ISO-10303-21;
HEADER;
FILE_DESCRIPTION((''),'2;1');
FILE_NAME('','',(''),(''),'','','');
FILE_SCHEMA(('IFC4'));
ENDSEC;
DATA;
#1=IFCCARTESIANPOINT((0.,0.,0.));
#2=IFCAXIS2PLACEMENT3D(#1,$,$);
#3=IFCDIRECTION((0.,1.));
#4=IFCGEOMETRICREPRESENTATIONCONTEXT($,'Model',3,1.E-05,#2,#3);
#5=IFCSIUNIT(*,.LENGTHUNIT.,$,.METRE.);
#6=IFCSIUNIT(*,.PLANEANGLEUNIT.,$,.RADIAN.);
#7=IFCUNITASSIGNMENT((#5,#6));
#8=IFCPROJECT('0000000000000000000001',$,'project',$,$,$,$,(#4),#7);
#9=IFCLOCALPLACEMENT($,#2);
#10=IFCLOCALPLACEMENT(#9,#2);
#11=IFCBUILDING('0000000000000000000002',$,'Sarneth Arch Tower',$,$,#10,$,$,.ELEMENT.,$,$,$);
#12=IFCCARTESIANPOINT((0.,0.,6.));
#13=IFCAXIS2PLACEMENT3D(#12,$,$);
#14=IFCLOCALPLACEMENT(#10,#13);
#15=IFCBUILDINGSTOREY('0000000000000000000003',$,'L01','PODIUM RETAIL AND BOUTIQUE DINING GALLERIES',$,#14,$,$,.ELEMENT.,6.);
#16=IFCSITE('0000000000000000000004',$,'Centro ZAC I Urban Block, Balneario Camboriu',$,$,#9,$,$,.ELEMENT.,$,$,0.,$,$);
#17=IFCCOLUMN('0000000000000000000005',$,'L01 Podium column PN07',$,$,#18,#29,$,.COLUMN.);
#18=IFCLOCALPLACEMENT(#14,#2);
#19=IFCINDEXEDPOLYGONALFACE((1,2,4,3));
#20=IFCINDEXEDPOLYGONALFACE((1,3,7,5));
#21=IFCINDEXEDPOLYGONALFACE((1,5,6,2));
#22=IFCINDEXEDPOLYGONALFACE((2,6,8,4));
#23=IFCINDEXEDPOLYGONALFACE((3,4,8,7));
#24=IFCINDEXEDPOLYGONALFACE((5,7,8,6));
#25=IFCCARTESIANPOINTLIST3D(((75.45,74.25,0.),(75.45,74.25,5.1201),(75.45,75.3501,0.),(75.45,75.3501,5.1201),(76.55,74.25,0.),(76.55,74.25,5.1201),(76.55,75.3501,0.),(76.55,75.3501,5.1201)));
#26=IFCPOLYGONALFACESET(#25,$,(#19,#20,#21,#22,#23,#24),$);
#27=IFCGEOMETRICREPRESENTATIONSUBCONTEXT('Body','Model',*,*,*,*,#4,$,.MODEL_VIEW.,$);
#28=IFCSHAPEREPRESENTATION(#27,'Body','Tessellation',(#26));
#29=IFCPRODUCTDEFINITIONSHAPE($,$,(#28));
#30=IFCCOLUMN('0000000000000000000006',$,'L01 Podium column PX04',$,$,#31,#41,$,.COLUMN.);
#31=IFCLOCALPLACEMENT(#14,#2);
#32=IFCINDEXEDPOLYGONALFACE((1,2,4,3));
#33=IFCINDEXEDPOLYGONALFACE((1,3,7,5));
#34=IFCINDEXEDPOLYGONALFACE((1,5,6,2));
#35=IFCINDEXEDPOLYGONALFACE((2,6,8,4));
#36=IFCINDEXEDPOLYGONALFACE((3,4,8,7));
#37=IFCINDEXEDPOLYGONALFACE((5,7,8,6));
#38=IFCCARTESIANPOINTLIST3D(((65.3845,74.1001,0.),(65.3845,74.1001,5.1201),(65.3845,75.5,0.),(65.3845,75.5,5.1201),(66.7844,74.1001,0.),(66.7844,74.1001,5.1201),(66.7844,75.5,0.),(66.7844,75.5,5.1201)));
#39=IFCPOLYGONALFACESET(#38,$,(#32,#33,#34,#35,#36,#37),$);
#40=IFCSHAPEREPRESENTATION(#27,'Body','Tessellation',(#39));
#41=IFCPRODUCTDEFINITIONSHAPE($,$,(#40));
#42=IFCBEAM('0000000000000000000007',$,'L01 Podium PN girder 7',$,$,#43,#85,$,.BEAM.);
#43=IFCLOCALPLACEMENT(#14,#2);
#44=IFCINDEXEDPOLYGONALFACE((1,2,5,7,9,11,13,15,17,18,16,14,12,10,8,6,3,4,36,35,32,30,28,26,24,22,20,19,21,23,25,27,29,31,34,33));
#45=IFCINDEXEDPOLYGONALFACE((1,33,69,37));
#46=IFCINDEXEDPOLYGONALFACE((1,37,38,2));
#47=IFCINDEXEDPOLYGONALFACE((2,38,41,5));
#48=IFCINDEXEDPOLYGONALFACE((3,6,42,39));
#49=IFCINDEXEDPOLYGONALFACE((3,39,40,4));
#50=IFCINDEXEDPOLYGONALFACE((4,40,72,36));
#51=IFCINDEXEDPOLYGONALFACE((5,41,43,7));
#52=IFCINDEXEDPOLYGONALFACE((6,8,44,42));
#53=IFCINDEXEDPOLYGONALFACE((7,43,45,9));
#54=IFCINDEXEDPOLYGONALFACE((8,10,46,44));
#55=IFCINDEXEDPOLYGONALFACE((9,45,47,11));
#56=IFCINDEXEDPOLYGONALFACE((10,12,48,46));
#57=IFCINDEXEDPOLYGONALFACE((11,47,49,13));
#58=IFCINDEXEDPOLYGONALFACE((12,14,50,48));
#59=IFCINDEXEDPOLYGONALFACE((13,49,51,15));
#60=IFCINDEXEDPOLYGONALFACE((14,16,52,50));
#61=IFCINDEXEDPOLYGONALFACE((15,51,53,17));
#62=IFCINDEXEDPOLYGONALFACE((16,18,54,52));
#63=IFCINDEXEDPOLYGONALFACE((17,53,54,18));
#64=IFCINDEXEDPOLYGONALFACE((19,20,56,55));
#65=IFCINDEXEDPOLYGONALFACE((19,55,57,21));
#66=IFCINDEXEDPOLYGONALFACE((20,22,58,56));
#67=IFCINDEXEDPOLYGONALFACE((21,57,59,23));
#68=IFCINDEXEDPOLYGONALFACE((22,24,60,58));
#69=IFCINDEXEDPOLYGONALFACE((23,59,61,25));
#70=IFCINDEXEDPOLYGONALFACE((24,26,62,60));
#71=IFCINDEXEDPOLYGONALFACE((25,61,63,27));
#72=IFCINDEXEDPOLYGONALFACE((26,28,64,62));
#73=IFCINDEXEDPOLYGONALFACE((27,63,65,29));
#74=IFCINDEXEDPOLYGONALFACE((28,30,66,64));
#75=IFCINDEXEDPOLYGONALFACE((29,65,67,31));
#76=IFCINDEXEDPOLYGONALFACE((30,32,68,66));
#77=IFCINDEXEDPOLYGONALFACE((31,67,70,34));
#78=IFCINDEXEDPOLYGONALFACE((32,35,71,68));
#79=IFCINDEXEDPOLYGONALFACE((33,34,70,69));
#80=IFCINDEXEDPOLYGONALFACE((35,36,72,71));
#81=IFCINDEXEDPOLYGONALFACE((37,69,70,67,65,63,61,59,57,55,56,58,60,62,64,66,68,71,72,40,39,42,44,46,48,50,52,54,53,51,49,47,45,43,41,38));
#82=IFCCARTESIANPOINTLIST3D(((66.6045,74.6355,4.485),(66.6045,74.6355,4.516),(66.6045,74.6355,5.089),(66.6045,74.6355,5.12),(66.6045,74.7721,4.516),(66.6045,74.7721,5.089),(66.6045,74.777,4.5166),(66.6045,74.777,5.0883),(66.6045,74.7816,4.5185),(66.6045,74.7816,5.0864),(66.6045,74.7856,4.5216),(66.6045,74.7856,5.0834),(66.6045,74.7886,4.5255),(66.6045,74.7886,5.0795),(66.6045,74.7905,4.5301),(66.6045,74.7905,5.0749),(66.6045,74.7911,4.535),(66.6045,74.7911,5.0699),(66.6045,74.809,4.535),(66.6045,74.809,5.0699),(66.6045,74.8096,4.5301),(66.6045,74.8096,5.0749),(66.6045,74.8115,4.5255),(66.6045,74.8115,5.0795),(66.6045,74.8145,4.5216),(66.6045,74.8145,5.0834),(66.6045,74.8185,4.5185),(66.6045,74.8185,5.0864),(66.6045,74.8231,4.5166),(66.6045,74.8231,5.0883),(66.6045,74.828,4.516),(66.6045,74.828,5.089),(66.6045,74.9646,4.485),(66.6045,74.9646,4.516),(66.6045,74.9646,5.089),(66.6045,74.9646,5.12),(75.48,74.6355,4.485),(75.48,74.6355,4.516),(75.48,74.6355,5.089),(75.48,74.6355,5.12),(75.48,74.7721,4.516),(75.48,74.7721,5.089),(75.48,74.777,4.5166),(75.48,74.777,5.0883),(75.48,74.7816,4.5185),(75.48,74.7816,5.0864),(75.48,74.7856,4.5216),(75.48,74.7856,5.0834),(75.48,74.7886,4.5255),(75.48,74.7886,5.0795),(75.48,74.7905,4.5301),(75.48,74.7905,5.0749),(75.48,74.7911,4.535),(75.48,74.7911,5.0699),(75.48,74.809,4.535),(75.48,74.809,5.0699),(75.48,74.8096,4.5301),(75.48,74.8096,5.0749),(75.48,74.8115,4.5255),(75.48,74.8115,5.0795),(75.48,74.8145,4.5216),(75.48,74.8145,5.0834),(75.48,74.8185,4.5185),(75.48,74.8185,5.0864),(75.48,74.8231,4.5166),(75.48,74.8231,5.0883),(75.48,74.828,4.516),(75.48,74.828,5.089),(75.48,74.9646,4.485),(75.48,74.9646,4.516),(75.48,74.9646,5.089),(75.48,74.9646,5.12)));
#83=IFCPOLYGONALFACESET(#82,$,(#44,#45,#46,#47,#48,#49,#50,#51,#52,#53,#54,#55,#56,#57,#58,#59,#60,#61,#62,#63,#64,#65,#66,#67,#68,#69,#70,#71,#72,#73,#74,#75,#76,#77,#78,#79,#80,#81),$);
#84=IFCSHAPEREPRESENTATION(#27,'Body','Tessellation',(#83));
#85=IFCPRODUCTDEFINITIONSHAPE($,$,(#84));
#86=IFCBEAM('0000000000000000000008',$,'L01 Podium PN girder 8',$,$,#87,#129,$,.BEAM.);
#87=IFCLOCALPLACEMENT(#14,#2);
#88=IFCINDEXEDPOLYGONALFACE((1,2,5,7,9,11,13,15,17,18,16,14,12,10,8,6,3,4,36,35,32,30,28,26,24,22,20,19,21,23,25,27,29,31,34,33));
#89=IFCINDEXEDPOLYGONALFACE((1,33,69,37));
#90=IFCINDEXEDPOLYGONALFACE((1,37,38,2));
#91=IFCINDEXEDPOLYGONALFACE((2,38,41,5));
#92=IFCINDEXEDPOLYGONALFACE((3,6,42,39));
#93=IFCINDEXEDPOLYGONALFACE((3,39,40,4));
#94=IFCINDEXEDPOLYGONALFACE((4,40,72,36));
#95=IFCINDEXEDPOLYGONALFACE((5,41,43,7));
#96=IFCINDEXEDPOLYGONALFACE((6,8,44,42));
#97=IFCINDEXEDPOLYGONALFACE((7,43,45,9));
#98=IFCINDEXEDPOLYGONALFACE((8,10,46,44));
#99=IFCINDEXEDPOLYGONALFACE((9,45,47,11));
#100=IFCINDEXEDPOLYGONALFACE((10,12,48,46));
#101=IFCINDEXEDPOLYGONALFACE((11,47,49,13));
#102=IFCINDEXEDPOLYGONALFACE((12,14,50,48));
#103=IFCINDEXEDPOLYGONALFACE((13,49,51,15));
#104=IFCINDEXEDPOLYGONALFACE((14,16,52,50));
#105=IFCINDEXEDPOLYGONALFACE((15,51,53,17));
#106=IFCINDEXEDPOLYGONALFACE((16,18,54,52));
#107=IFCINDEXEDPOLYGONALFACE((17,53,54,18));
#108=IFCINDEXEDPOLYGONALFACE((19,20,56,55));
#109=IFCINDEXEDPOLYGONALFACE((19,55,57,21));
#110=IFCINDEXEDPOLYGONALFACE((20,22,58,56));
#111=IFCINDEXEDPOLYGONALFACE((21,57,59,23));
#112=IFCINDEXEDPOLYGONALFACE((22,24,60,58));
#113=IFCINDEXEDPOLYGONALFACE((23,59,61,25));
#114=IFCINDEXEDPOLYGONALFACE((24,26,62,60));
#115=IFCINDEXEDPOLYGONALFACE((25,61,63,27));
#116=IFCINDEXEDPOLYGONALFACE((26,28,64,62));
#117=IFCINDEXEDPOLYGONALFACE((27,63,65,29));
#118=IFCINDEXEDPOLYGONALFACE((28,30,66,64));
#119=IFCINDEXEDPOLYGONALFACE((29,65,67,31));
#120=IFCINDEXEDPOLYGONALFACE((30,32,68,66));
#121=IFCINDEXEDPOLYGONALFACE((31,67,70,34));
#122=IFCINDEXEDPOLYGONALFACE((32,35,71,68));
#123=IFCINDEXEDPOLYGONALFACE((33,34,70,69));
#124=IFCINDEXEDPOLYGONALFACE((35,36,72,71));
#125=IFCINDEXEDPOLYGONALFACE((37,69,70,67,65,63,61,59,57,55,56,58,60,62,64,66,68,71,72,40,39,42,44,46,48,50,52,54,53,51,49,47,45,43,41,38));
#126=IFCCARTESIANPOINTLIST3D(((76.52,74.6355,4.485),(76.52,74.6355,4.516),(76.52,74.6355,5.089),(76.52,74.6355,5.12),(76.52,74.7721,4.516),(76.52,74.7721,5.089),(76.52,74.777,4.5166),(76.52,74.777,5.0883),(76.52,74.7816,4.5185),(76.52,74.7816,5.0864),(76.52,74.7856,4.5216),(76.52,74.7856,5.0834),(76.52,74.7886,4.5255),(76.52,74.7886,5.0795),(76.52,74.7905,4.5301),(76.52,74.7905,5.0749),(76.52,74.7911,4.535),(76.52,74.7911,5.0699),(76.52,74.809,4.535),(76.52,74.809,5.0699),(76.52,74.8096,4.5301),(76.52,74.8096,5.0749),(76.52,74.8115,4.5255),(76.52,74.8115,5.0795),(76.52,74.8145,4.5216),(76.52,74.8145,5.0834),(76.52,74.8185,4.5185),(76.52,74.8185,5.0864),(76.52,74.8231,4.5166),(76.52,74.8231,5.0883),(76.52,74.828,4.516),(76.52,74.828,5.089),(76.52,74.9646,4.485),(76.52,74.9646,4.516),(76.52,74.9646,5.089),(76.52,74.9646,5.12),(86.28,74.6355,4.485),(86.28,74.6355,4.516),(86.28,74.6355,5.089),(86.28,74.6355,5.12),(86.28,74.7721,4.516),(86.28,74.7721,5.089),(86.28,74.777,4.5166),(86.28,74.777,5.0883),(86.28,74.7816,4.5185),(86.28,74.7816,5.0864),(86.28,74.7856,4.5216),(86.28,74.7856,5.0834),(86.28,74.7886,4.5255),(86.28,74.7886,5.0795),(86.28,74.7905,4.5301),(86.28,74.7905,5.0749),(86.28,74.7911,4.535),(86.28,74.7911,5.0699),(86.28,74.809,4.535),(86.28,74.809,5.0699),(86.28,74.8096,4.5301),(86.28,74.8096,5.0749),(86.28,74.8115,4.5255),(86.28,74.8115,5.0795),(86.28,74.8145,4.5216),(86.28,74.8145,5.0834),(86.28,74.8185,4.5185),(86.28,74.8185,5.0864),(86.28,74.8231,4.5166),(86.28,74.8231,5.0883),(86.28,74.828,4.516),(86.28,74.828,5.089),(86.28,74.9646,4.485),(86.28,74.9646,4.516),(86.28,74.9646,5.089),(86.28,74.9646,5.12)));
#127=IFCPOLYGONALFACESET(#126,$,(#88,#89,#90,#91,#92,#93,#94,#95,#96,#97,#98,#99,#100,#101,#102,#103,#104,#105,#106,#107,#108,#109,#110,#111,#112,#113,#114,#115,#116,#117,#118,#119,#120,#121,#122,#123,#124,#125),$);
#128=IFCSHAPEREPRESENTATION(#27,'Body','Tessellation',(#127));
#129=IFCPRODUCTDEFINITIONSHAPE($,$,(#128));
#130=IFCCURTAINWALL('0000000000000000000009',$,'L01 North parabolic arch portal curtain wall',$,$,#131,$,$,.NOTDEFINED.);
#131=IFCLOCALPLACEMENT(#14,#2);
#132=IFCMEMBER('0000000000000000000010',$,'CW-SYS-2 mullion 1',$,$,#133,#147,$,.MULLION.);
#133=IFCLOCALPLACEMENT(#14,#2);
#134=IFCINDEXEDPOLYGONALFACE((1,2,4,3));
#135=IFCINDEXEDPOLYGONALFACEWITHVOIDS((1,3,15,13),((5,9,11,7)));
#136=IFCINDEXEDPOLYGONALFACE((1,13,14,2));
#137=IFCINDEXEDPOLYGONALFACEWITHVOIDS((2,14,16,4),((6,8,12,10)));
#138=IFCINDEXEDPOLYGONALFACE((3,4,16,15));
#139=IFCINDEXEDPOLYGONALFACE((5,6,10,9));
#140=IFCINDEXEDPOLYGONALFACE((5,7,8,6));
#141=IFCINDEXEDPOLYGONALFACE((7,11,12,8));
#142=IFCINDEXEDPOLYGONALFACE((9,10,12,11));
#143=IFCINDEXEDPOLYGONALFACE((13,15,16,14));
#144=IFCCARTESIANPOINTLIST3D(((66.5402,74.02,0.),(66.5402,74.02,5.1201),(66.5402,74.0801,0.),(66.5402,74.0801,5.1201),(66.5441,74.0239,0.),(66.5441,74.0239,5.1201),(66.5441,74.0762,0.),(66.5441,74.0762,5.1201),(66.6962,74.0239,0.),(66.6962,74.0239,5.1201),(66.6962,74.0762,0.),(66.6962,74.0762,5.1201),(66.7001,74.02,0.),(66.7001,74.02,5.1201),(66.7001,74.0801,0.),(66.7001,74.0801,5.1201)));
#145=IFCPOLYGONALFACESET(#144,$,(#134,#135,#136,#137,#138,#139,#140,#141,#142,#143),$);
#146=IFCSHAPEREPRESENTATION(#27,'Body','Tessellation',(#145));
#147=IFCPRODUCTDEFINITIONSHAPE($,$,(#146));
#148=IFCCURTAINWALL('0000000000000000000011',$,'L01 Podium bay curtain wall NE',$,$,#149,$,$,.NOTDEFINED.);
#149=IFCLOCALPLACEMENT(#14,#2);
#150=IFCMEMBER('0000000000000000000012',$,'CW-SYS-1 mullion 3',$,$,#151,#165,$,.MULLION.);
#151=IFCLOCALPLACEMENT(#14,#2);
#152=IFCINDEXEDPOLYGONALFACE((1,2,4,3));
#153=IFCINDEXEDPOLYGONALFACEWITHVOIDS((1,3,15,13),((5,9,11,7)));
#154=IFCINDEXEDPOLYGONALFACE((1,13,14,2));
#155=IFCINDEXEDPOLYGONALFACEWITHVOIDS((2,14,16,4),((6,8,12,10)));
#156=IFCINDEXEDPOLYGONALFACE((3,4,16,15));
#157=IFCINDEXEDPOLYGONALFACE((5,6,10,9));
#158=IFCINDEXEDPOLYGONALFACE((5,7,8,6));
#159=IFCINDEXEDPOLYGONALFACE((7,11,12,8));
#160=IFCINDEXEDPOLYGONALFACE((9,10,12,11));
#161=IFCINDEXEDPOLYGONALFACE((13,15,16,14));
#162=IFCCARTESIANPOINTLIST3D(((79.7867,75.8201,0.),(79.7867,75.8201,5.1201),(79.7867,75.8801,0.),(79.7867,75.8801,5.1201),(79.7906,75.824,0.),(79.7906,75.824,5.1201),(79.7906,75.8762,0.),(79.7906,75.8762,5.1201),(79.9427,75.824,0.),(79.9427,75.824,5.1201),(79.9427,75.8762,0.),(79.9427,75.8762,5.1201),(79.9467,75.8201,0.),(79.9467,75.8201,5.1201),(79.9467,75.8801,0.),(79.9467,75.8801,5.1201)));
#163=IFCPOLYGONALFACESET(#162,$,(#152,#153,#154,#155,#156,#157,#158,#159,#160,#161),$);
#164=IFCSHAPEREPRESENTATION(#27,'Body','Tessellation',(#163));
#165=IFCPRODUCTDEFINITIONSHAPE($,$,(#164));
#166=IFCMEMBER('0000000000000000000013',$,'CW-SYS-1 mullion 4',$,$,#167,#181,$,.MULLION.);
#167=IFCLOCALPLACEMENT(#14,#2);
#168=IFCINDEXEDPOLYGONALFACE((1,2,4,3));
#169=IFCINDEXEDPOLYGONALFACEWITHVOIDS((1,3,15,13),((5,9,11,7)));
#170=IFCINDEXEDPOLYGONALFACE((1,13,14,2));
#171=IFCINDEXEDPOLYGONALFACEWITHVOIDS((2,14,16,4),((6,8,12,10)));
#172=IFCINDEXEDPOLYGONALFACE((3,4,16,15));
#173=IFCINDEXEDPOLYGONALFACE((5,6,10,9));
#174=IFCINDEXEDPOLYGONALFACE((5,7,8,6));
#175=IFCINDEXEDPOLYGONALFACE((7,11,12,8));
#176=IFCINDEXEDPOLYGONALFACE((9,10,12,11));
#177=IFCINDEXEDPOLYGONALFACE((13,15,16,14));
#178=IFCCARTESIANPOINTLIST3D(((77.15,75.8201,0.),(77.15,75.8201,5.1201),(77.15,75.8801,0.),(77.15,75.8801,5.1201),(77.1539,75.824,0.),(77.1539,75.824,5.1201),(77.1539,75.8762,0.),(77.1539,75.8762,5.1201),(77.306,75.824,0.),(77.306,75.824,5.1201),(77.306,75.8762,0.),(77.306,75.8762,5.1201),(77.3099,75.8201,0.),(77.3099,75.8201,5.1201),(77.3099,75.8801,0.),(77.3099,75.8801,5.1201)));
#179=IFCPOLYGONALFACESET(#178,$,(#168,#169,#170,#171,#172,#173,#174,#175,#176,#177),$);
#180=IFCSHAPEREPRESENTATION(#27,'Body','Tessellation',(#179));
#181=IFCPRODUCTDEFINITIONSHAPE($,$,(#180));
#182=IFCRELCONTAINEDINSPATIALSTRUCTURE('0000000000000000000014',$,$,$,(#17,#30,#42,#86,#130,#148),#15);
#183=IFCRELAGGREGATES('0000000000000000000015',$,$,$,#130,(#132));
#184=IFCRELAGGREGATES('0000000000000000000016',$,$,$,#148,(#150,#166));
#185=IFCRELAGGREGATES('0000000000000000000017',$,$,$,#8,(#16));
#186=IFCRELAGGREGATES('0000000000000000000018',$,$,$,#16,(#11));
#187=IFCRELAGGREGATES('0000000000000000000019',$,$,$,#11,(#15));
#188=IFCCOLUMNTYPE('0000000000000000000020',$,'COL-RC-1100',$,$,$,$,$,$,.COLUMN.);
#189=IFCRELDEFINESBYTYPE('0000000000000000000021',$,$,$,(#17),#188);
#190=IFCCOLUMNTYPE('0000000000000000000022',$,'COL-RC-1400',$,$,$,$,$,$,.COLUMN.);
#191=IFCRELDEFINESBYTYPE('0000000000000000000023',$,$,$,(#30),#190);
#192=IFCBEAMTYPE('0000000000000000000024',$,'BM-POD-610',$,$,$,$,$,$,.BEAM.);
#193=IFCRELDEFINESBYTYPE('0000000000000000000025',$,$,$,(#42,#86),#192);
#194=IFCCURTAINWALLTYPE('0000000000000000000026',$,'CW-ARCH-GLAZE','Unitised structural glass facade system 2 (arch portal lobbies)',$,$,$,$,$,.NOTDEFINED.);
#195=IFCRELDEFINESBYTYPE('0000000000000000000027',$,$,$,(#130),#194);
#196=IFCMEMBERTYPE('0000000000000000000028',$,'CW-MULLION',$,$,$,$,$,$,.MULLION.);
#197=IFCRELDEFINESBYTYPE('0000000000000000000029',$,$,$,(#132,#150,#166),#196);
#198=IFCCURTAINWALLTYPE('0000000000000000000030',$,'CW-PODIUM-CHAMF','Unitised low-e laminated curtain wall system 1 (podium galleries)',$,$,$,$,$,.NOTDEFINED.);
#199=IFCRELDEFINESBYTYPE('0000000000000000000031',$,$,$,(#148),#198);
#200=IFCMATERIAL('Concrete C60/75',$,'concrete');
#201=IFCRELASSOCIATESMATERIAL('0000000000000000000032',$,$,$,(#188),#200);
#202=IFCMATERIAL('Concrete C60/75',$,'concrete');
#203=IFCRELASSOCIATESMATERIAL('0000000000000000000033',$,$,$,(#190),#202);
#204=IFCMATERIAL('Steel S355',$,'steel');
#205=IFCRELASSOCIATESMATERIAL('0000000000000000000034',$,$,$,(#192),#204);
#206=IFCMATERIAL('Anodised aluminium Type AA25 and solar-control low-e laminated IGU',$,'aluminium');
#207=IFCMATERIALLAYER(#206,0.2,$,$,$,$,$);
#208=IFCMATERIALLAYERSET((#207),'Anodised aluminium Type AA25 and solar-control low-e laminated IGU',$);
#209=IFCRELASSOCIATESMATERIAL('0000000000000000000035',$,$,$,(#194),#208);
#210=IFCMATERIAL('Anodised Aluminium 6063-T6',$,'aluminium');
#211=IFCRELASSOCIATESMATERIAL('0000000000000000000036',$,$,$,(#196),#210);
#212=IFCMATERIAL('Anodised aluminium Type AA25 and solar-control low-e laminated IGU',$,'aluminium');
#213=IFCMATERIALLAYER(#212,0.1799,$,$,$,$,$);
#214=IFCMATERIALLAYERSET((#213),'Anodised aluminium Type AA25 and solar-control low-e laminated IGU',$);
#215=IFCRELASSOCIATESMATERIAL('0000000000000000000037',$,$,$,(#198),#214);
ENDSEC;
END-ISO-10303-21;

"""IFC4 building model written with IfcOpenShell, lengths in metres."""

from ifc_helpers import new_model, si_unit, direction, frame, origin, origin_2d, place, context, subcontext, project, spatial, rectangle, hollow_rectangle, i_section, extrude, material, layer, layer_set, material_profile, profile_set, type_object, element, aggregate, save


model = new_model("IFC4")

# Units and contexts
model_context = context("Model", 3, precision=1e-05, world=origin(), true_north=direction((0.0, 1.0)))
body_context = subcontext(model_context, "Body", "Model", "MODEL_VIEW")
ifc_project = project(units=[si_unit("LENGTHUNIT", "METRE"), si_unit("PLANEANGLEUNIT", "RADIAN")], contexts=[model_context])

# Site, building, storey
site_placement = place(None, origin())
site = spatial("IfcSite", under=ifc_project, at=site_placement, Name="Centro ZAC I Urban Block, Balneario Camboriu", CompositionType="ELEMENT", RefElevation=0.0)
building_placement = place(site_placement, origin())
building = spatial("IfcBuilding", under=site, at=building_placement, Name="Sarneth Arch Tower", CompositionType="ELEMENT")
storey_placement = place(building_placement, frame((0.0, 0.0, 6.0)))
storey = spatial("IfcBuildingStorey", under=building, at=storey_placement, Name="L01", Description="PODIUM RETAIL AND BOUTIQUE DINING GALLERIES", CompositionType="ELEMENT", Elevation=6.0)

# Columns
ifc_material_1 = material(Name="Concrete C60/75", Category="concrete")
ifc_material_profile_1 = material_profile(ifc_material_1, rectangle(XDim=1.1001, YDim=1.1001, at=origin_2d()), Name="RC-1100x1100")
ifc_profile_set_1 = profile_set([ifc_material_profile_1], Name="Concrete C60/75")
column_type_1 = type_object("IfcColumnType", Name="COL-RC-1100", PredefinedType="COLUMN", material=ifc_profile_set_1)
column_1_placement = place(storey_placement, frame((76.0, 74.8, 0.0), z_axis=(0.0, 0.0, 1.0), x_axis=(1.0, 0.0, 0.0)))
element("IfcColumn", 1, at=column_1_placement, inside=storey, type_object=column_type_1, Name="L01 Podium column PN07", PredefinedType="COLUMN", context=body_context, shape_type="SweptSolid", body=[
    extrude(rectangle(XDim=1.1001, YDim=1.1001, at=origin_2d()), origin(), (0.0, 0.0, 1.0), 5.1201),
])
ifc_material_2 = material(Name="Concrete C60/75", Category="concrete")
ifc_material_profile_2 = material_profile(ifc_material_2, rectangle(XDim=1.3999, YDim=1.3999, at=origin_2d()), Name="RC-1400x1400")
ifc_profile_set_2 = profile_set([ifc_material_profile_2], Name="Concrete C60/75")
column_type_2 = type_object("IfcColumnType", Name="COL-RC-1400", PredefinedType="COLUMN", material=ifc_profile_set_2)
column_2_placement = place(storey_placement, frame((66.0845, 74.8, 0.0), z_axis=(0.0, 0.0, 1.0), x_axis=(1.0, 0.0, 0.0)))
element("IfcColumn", 2, at=column_2_placement, inside=storey, type_object=column_type_2, Name="L01 Podium column PX04", PredefinedType="COLUMN", context=body_context, shape_type="SweptSolid", body=[
    extrude(rectangle(XDim=1.3999, YDim=1.3999, at=origin_2d()), origin(), (0.0, 0.0, 1.0), 5.1201),
])

# Beams
ifc_material_3 = material(Name="Steel S355", Category="steel")
ifc_material_profile_3 = material_profile(ifc_material_3, i_section(OverallWidth=0.3291, OverallDepth=0.635, WebThickness=0.0178, FlangeThickness=0.031, FilletRadius=0.019, at=origin_2d()), Name="W610x241")
ifc_profile_set_3 = profile_set([ifc_material_profile_3], Name="Steel S355")
beam_type = type_object("IfcBeamType", Name="BM-POD-610", PredefinedType="BEAM", material=ifc_profile_set_3)
beam_1_placement = place(storey_placement, frame((66.6045, 74.8, 4.8025), z_axis=(1.0, 0.0, 0.0), x_axis=(0.0, 1.0, 0.0)))
element("IfcBeam", 3, at=beam_1_placement, inside=storey, type_object=beam_type, Name="L01 Podium PN girder 7", PredefinedType="BEAM", context=body_context, shape_type="SweptSolid", body=[
    extrude(i_section(OverallWidth=0.3291, OverallDepth=0.635, WebThickness=0.0178, FlangeThickness=0.031, FilletRadius=0.019, at=origin_2d()), origin(), (0.0, 0.0, 1.0), 8.8755),
])
beam_2_placement = place(storey_placement, frame((76.52, 74.8, 4.8025), z_axis=(1.0, 0.0, 0.0), x_axis=(0.0, 1.0, 0.0)))
element("IfcBeam", 4, at=beam_2_placement, inside=storey, type_object=beam_type, Name="L01 Podium PN girder 8", PredefinedType="BEAM", context=body_context, shape_type="SweptSolid", body=[
    extrude(i_section(OverallWidth=0.3291, OverallDepth=0.635, WebThickness=0.0178, FlangeThickness=0.031, FilletRadius=0.019, at=origin_2d()), origin(), (0.0, 0.0, 1.0), 9.76),
])

# Curtain wall, member
ifc_material_4 = material(Name="Anodised aluminium Type AA25 and solar-control low-e laminated IGU", Category="aluminium")
ifc_layer_1 = layer(ifc_material_4, 0.2)
ifc_layer_set_1 = layer_set([ifc_layer_1], Name="Anodised aluminium Type AA25 and solar-control low-e laminated IGU")
curtain_wall_type_1 = type_object("IfcCurtainWallType", Name="CW-ARCH-GLAZE", Description="Unitised structural glass facade system 2 (arch portal lobbies)", PredefinedType="NOTDEFINED", material=ifc_layer_set_1)
curtain_wall_1_placement = place(storey_placement, origin())
curtain_wall_1 = element("IfcCurtainWall", 5, at=curtain_wall_1_placement, inside=storey, type_object=curtain_wall_type_1, Name="L01 North parabolic arch portal curtain wall", PredefinedType="NOTDEFINED")
ifc_material_5 = material(Name="Anodised Aluminium 6063-T6", Category="aluminium")
ifc_material_profile_4 = material_profile(ifc_material_5, hollow_rectangle(XDim=0.0601, YDim=0.1599, WallThickness=0.0039, at=origin_2d()), Name="AL-MULL-160x60x4")
ifc_profile_set_4 = profile_set([ifc_material_profile_4], Name="Anodised Aluminium 6063-T6")
member_type_1 = type_object("IfcMemberType", Name="CW-MULLION", PredefinedType="MULLION", material=ifc_profile_set_4)
member_1_placement = place(storey_placement, frame((66.6201, 74.05, 0.0), z_axis=(0.0, 0.0, 1.0), x_axis=(0.0, -1.0, 0.0)))
member_1 = element("IfcMember", 6, at=member_1_placement, type_object=member_type_1, Name="CW-SYS-2 mullion 1", PredefinedType="MULLION", context=body_context, shape_type="SweptSolid", body=[
    extrude(hollow_rectangle(XDim=0.0601, YDim=0.1599, WallThickness=0.0039, at=origin_2d()), origin(), (0.0, 0.0, 1.0), 5.1201),
])

# Curtain wall, members
ifc_material_6 = material(Name="Anodised aluminium Type AA25 and solar-control low-e laminated IGU", Category="aluminium")
ifc_layer_2 = layer(ifc_material_6, 0.1799)
ifc_layer_set_2 = layer_set([ifc_layer_2], Name="Anodised aluminium Type AA25 and solar-control low-e laminated IGU")
curtain_wall_type_2 = type_object("IfcCurtainWallType", Name="CW-PODIUM-CHAMF", Description="Unitised low-e laminated curtain wall system 1 (podium galleries)", PredefinedType="NOTDEFINED", material=ifc_layer_set_2)
curtain_wall_2_placement = place(storey_placement, origin())
curtain_wall_2 = element("IfcCurtainWall", 7, at=curtain_wall_2_placement, inside=storey, type_object=curtain_wall_type_2, Name="L01 Podium bay curtain wall NE", PredefinedType="NOTDEFINED")
member_2_placement = place(storey_placement, frame((79.8667, 75.8501, 0.0), z_axis=(0.0, 0.0, 1.0), x_axis=(0.0, -1.0, 0.0)))
member_2 = element("IfcMember", 8, at=member_2_placement, type_object=member_type_1, Name="CW-SYS-1 mullion 3", PredefinedType="MULLION", context=body_context, shape_type="SweptSolid", body=[
    extrude(hollow_rectangle(XDim=0.0601, YDim=0.1599, WallThickness=0.0039, at=origin_2d()), origin(), (0.0, 0.0, 1.0), 5.1201),
])
member_3_placement = place(storey_placement, frame((77.23, 75.8501, 0.0), z_axis=(0.0, 0.0, 1.0), x_axis=(0.0, -1.0, 0.0)))
member_3 = element("IfcMember", 9, at=member_3_placement, type_object=member_type_1, Name="CW-SYS-1 mullion 4", PredefinedType="MULLION", context=body_context, shape_type="SweptSolid", body=[
    extrude(hollow_rectangle(XDim=0.0601, YDim=0.1599, WallThickness=0.0039, at=origin_2d()), origin(), (0.0, 0.0, 1.0), 5.1201),
])

aggregate(curtain_wall_1, [member_1])

aggregate(curtain_wall_2, [member_2, member_3])

save(model, "model.ifc")
